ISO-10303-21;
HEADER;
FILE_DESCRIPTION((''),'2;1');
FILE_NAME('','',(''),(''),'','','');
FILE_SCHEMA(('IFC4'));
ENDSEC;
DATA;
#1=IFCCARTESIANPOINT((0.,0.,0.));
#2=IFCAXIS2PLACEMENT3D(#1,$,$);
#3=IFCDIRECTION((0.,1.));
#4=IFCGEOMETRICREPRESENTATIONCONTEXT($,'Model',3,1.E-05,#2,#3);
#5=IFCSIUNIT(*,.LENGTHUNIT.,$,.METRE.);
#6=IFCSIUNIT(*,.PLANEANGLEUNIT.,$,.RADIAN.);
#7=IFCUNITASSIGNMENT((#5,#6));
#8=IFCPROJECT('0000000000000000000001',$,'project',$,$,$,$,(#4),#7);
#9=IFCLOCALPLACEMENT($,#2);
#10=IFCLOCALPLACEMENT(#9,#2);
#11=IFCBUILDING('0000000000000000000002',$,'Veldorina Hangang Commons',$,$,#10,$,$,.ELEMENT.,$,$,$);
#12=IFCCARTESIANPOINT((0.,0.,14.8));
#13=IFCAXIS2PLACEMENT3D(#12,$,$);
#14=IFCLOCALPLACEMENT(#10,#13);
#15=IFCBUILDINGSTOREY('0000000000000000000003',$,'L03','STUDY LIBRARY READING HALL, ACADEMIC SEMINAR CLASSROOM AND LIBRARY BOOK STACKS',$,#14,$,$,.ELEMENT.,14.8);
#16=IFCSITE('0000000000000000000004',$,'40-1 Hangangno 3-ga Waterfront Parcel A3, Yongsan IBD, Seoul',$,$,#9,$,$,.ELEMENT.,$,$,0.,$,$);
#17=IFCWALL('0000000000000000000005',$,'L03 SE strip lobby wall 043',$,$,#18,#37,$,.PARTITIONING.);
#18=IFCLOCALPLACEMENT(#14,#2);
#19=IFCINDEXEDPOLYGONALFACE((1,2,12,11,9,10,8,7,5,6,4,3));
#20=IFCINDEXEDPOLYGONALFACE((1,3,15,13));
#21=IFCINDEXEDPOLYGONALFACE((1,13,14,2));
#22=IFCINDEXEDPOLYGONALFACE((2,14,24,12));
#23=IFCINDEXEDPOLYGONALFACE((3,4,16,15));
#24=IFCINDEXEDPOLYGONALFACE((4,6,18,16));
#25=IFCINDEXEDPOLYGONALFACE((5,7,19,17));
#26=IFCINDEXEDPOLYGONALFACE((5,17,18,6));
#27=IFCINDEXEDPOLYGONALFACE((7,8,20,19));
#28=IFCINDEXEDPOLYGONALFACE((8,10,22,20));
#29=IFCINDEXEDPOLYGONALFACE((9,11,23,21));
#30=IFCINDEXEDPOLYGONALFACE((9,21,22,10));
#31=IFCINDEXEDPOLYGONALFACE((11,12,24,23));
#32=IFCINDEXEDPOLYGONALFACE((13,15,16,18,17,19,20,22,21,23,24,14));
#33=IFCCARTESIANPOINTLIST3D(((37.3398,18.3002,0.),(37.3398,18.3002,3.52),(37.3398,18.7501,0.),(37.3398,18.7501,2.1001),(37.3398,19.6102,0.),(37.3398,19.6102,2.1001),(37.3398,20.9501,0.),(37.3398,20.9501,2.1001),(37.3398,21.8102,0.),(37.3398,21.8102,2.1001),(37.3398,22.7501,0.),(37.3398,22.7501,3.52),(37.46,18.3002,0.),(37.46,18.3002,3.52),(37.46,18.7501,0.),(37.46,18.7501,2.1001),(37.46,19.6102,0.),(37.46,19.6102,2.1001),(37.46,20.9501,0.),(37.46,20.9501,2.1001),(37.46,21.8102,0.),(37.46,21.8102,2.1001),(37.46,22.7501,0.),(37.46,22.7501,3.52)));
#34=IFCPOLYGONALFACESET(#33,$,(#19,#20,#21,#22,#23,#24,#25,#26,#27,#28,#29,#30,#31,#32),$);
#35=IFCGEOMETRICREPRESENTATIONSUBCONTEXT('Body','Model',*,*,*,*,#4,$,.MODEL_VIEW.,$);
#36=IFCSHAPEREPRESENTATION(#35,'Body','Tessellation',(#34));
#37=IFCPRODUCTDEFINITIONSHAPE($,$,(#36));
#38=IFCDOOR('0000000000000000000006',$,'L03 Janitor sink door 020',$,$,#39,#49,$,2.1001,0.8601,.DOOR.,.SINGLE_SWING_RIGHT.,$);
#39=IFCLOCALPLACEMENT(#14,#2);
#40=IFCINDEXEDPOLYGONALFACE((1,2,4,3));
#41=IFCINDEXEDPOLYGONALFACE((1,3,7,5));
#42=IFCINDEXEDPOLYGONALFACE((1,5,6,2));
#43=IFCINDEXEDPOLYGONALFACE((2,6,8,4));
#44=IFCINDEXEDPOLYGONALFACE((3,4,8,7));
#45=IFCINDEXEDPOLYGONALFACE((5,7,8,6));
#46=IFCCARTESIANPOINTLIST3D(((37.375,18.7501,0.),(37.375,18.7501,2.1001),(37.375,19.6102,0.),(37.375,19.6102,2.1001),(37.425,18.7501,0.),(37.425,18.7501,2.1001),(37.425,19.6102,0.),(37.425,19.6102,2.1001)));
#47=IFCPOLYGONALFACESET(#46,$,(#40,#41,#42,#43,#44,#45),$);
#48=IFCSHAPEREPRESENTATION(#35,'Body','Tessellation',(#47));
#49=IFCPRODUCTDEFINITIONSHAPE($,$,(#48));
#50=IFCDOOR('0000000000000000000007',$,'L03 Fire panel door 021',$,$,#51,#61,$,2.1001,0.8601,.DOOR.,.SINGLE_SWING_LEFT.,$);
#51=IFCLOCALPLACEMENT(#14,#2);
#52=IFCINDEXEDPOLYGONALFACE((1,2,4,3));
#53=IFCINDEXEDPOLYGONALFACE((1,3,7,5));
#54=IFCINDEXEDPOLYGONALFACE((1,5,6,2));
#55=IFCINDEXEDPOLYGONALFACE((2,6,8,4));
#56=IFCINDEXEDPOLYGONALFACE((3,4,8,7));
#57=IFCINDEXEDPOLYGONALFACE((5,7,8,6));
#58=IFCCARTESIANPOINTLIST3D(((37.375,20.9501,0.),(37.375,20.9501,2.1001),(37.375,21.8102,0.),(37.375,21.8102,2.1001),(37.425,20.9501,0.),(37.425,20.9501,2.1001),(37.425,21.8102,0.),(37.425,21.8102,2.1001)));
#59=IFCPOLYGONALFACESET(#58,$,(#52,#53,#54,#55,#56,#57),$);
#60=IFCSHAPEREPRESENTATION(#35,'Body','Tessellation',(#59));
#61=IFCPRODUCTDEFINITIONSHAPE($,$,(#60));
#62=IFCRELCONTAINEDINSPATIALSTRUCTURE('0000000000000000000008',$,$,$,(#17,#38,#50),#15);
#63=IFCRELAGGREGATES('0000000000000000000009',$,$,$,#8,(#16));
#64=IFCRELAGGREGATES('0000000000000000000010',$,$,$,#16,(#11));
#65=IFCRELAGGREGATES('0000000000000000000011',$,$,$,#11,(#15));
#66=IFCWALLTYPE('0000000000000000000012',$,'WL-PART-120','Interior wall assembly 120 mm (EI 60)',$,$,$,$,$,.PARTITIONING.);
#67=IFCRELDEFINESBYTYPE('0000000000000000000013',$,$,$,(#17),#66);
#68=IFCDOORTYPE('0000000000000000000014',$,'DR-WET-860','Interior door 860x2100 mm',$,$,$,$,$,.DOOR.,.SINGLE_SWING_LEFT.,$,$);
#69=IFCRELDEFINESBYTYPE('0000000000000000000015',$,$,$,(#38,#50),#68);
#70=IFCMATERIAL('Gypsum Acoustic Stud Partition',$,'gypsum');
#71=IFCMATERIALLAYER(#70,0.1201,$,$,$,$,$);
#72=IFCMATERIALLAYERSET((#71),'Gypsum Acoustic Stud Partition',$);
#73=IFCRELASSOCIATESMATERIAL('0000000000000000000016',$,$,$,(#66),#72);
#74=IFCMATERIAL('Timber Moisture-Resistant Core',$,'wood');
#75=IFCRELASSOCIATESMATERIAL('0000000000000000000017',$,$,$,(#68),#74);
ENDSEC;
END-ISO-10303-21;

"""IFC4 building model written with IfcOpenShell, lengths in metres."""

from ifc_helpers import new_model, si_unit, direction, frame, frame_2d, origin, place, context, subcontext, project, spatial, rectangle, extrude, material, layer, layer_set, type_object, element, fill, save


model = new_model("IFC4")

# Units and contexts
model_context = context("Model", 3, precision=1e-05, world=origin(), true_north=direction((0.0, 1.0)))
body_context = subcontext(model_context, "Body", "Model", "MODEL_VIEW")
ifc_project = project(units=[si_unit("LENGTHUNIT", "METRE"), si_unit("PLANEANGLEUNIT", "RADIAN")], contexts=[model_context])

# Site, building, storey
site_placement = place(None, origin())
site = spatial("IfcSite", under=ifc_project, at=site_placement, Name="40-1 Hangangno 3-ga Waterfront Parcel A3, Yongsan IBD, Seoul", CompositionType="ELEMENT", RefElevation=0.0)
building_placement = place(site_placement, origin())
building = spatial("IfcBuilding", under=site, at=building_placement, Name="Veldorina Hangang Commons", CompositionType="ELEMENT")
storey_placement = place(building_placement, frame((0.0, 0.0, 14.8)))
storey = spatial("IfcBuildingStorey", under=building, at=storey_placement, Name="L03", Description="STUDY LIBRARY READING HALL, ACADEMIC SEMINAR CLASSROOM AND LIBRARY BOOK STACKS", CompositionType="ELEMENT", Elevation=14.8)

# Wall, openings, doors
ifc_material_1 = material(Name="Gypsum Acoustic Stud Partition", Category="gypsum")
ifc_layer_1 = layer(ifc_material_1, 0.1201)
ifc_layer_set_1 = layer_set([ifc_layer_1], Name="Gypsum Acoustic Stud Partition")
wall_type_1 = type_object("IfcWallType", Name="WL-PART-120", Description="Interior wall assembly 120 mm (EI 60)", PredefinedType="PARTITIONING", material=ifc_layer_set_1)
wall_1_placement = place(storey_placement, frame((37.3999, 18.3, 0.0), z_axis=(0.0, 0.0, 1.0), x_axis=(0.0, 1.0, 0.0)))
wall_1 = element("IfcWall", 1, at=wall_1_placement, inside=storey, type_object=wall_type_1, Name="L03 SE strip lobby wall 043", PredefinedType="PARTITIONING", context=body_context, shape_type="SweptSolid", body=[
    extrude(rectangle(XDim=4.45, YDim=0.1201, at=frame_2d((2.2251, 0.0))), origin(), (0.0, 0.0, 1.0), 3.52),
])
opening_1_placement = place(wall_1_placement, frame((0.45, 0.0, 0.0)))
opening_1 = element("IfcOpeningElement", 2, at=opening_1_placement, cuts=wall_1, PredefinedType="OPENING", context=body_context, shape_type="SweptSolid", body=[
    extrude(rectangle(XDim=0.8601, YDim=2.1001, at=frame_2d((0.4302, 1.05))), frame((0.0, 0.0701, 0.0), z_axis=(0.0, -1.0, 0.0), x_axis=(1.0, 0.0, 0.0)), (0.0, 0.0, 1.0), 0.1401),
])
opening_2_placement = place(wall_1_placement, frame((2.6499, 0.0, 0.0)))
opening_2 = element("IfcOpeningElement", 3, at=opening_2_placement, cuts=wall_1, PredefinedType="OPENING", context=body_context, shape_type="SweptSolid", body=[
    extrude(rectangle(XDim=0.8601, YDim=2.1001, at=frame_2d((0.4302, 1.05))), frame((0.0, 0.0701, 0.0), z_axis=(0.0, -1.0, 0.0), x_axis=(1.0, 0.0, 0.0)), (0.0, 0.0, 1.0), 0.1401),
])
ifc_material_2 = material(Name="Timber Moisture-Resistant Core", Category="wood")
door_type_1 = type_object("IfcDoorType", Name="DR-WET-860", Description="Interior door 860x2100 mm", OperationType="SINGLE_SWING_LEFT", PredefinedType="DOOR", material=ifc_material_2)
door_1_placement = place(opening_1_placement, origin())
door_1 = element("IfcDoor", 4, at=door_1_placement, inside=storey, type_object=door_type_1, Name="L03 Janitor sink door 020", OperationType="SINGLE_SWING_RIGHT", OverallHeight=2.1001, OverallWidth=0.8601, PredefinedType="DOOR", context=body_context, shape_type="SweptSolid", body=[
    extrude(rectangle(XDim=0.8601, YDim=2.1001, at=frame_2d((0.4302, 1.05))), frame((0.0, 0.0249, 0.0), z_axis=(0.0, -1.0, 0.0), x_axis=(1.0, 0.0, 0.0)), (0.0, 0.0, 1.0), 0.05),
])
fill(opening_1, door_1)
door_2_placement = place(opening_2_placement, origin())
door_2 = element("IfcDoor", 5, at=door_2_placement, inside=storey, type_object=door_type_1, Name="L03 Fire panel door 021", OperationType="SINGLE_SWING_LEFT", OverallHeight=2.1001, OverallWidth=0.8601, PredefinedType="DOOR", context=body_context, shape_type="SweptSolid", body=[
    extrude(rectangle(XDim=0.8601, YDim=2.1001, at=frame_2d((0.4302, 1.05))), frame((0.0, 0.0249, 0.0), z_axis=(0.0, -1.0, 0.0), x_axis=(1.0, 0.0, 0.0)), (0.0, 0.0, 1.0), 0.05),
])
fill(opening_2, door_2)

save(model, "model.ifc")
